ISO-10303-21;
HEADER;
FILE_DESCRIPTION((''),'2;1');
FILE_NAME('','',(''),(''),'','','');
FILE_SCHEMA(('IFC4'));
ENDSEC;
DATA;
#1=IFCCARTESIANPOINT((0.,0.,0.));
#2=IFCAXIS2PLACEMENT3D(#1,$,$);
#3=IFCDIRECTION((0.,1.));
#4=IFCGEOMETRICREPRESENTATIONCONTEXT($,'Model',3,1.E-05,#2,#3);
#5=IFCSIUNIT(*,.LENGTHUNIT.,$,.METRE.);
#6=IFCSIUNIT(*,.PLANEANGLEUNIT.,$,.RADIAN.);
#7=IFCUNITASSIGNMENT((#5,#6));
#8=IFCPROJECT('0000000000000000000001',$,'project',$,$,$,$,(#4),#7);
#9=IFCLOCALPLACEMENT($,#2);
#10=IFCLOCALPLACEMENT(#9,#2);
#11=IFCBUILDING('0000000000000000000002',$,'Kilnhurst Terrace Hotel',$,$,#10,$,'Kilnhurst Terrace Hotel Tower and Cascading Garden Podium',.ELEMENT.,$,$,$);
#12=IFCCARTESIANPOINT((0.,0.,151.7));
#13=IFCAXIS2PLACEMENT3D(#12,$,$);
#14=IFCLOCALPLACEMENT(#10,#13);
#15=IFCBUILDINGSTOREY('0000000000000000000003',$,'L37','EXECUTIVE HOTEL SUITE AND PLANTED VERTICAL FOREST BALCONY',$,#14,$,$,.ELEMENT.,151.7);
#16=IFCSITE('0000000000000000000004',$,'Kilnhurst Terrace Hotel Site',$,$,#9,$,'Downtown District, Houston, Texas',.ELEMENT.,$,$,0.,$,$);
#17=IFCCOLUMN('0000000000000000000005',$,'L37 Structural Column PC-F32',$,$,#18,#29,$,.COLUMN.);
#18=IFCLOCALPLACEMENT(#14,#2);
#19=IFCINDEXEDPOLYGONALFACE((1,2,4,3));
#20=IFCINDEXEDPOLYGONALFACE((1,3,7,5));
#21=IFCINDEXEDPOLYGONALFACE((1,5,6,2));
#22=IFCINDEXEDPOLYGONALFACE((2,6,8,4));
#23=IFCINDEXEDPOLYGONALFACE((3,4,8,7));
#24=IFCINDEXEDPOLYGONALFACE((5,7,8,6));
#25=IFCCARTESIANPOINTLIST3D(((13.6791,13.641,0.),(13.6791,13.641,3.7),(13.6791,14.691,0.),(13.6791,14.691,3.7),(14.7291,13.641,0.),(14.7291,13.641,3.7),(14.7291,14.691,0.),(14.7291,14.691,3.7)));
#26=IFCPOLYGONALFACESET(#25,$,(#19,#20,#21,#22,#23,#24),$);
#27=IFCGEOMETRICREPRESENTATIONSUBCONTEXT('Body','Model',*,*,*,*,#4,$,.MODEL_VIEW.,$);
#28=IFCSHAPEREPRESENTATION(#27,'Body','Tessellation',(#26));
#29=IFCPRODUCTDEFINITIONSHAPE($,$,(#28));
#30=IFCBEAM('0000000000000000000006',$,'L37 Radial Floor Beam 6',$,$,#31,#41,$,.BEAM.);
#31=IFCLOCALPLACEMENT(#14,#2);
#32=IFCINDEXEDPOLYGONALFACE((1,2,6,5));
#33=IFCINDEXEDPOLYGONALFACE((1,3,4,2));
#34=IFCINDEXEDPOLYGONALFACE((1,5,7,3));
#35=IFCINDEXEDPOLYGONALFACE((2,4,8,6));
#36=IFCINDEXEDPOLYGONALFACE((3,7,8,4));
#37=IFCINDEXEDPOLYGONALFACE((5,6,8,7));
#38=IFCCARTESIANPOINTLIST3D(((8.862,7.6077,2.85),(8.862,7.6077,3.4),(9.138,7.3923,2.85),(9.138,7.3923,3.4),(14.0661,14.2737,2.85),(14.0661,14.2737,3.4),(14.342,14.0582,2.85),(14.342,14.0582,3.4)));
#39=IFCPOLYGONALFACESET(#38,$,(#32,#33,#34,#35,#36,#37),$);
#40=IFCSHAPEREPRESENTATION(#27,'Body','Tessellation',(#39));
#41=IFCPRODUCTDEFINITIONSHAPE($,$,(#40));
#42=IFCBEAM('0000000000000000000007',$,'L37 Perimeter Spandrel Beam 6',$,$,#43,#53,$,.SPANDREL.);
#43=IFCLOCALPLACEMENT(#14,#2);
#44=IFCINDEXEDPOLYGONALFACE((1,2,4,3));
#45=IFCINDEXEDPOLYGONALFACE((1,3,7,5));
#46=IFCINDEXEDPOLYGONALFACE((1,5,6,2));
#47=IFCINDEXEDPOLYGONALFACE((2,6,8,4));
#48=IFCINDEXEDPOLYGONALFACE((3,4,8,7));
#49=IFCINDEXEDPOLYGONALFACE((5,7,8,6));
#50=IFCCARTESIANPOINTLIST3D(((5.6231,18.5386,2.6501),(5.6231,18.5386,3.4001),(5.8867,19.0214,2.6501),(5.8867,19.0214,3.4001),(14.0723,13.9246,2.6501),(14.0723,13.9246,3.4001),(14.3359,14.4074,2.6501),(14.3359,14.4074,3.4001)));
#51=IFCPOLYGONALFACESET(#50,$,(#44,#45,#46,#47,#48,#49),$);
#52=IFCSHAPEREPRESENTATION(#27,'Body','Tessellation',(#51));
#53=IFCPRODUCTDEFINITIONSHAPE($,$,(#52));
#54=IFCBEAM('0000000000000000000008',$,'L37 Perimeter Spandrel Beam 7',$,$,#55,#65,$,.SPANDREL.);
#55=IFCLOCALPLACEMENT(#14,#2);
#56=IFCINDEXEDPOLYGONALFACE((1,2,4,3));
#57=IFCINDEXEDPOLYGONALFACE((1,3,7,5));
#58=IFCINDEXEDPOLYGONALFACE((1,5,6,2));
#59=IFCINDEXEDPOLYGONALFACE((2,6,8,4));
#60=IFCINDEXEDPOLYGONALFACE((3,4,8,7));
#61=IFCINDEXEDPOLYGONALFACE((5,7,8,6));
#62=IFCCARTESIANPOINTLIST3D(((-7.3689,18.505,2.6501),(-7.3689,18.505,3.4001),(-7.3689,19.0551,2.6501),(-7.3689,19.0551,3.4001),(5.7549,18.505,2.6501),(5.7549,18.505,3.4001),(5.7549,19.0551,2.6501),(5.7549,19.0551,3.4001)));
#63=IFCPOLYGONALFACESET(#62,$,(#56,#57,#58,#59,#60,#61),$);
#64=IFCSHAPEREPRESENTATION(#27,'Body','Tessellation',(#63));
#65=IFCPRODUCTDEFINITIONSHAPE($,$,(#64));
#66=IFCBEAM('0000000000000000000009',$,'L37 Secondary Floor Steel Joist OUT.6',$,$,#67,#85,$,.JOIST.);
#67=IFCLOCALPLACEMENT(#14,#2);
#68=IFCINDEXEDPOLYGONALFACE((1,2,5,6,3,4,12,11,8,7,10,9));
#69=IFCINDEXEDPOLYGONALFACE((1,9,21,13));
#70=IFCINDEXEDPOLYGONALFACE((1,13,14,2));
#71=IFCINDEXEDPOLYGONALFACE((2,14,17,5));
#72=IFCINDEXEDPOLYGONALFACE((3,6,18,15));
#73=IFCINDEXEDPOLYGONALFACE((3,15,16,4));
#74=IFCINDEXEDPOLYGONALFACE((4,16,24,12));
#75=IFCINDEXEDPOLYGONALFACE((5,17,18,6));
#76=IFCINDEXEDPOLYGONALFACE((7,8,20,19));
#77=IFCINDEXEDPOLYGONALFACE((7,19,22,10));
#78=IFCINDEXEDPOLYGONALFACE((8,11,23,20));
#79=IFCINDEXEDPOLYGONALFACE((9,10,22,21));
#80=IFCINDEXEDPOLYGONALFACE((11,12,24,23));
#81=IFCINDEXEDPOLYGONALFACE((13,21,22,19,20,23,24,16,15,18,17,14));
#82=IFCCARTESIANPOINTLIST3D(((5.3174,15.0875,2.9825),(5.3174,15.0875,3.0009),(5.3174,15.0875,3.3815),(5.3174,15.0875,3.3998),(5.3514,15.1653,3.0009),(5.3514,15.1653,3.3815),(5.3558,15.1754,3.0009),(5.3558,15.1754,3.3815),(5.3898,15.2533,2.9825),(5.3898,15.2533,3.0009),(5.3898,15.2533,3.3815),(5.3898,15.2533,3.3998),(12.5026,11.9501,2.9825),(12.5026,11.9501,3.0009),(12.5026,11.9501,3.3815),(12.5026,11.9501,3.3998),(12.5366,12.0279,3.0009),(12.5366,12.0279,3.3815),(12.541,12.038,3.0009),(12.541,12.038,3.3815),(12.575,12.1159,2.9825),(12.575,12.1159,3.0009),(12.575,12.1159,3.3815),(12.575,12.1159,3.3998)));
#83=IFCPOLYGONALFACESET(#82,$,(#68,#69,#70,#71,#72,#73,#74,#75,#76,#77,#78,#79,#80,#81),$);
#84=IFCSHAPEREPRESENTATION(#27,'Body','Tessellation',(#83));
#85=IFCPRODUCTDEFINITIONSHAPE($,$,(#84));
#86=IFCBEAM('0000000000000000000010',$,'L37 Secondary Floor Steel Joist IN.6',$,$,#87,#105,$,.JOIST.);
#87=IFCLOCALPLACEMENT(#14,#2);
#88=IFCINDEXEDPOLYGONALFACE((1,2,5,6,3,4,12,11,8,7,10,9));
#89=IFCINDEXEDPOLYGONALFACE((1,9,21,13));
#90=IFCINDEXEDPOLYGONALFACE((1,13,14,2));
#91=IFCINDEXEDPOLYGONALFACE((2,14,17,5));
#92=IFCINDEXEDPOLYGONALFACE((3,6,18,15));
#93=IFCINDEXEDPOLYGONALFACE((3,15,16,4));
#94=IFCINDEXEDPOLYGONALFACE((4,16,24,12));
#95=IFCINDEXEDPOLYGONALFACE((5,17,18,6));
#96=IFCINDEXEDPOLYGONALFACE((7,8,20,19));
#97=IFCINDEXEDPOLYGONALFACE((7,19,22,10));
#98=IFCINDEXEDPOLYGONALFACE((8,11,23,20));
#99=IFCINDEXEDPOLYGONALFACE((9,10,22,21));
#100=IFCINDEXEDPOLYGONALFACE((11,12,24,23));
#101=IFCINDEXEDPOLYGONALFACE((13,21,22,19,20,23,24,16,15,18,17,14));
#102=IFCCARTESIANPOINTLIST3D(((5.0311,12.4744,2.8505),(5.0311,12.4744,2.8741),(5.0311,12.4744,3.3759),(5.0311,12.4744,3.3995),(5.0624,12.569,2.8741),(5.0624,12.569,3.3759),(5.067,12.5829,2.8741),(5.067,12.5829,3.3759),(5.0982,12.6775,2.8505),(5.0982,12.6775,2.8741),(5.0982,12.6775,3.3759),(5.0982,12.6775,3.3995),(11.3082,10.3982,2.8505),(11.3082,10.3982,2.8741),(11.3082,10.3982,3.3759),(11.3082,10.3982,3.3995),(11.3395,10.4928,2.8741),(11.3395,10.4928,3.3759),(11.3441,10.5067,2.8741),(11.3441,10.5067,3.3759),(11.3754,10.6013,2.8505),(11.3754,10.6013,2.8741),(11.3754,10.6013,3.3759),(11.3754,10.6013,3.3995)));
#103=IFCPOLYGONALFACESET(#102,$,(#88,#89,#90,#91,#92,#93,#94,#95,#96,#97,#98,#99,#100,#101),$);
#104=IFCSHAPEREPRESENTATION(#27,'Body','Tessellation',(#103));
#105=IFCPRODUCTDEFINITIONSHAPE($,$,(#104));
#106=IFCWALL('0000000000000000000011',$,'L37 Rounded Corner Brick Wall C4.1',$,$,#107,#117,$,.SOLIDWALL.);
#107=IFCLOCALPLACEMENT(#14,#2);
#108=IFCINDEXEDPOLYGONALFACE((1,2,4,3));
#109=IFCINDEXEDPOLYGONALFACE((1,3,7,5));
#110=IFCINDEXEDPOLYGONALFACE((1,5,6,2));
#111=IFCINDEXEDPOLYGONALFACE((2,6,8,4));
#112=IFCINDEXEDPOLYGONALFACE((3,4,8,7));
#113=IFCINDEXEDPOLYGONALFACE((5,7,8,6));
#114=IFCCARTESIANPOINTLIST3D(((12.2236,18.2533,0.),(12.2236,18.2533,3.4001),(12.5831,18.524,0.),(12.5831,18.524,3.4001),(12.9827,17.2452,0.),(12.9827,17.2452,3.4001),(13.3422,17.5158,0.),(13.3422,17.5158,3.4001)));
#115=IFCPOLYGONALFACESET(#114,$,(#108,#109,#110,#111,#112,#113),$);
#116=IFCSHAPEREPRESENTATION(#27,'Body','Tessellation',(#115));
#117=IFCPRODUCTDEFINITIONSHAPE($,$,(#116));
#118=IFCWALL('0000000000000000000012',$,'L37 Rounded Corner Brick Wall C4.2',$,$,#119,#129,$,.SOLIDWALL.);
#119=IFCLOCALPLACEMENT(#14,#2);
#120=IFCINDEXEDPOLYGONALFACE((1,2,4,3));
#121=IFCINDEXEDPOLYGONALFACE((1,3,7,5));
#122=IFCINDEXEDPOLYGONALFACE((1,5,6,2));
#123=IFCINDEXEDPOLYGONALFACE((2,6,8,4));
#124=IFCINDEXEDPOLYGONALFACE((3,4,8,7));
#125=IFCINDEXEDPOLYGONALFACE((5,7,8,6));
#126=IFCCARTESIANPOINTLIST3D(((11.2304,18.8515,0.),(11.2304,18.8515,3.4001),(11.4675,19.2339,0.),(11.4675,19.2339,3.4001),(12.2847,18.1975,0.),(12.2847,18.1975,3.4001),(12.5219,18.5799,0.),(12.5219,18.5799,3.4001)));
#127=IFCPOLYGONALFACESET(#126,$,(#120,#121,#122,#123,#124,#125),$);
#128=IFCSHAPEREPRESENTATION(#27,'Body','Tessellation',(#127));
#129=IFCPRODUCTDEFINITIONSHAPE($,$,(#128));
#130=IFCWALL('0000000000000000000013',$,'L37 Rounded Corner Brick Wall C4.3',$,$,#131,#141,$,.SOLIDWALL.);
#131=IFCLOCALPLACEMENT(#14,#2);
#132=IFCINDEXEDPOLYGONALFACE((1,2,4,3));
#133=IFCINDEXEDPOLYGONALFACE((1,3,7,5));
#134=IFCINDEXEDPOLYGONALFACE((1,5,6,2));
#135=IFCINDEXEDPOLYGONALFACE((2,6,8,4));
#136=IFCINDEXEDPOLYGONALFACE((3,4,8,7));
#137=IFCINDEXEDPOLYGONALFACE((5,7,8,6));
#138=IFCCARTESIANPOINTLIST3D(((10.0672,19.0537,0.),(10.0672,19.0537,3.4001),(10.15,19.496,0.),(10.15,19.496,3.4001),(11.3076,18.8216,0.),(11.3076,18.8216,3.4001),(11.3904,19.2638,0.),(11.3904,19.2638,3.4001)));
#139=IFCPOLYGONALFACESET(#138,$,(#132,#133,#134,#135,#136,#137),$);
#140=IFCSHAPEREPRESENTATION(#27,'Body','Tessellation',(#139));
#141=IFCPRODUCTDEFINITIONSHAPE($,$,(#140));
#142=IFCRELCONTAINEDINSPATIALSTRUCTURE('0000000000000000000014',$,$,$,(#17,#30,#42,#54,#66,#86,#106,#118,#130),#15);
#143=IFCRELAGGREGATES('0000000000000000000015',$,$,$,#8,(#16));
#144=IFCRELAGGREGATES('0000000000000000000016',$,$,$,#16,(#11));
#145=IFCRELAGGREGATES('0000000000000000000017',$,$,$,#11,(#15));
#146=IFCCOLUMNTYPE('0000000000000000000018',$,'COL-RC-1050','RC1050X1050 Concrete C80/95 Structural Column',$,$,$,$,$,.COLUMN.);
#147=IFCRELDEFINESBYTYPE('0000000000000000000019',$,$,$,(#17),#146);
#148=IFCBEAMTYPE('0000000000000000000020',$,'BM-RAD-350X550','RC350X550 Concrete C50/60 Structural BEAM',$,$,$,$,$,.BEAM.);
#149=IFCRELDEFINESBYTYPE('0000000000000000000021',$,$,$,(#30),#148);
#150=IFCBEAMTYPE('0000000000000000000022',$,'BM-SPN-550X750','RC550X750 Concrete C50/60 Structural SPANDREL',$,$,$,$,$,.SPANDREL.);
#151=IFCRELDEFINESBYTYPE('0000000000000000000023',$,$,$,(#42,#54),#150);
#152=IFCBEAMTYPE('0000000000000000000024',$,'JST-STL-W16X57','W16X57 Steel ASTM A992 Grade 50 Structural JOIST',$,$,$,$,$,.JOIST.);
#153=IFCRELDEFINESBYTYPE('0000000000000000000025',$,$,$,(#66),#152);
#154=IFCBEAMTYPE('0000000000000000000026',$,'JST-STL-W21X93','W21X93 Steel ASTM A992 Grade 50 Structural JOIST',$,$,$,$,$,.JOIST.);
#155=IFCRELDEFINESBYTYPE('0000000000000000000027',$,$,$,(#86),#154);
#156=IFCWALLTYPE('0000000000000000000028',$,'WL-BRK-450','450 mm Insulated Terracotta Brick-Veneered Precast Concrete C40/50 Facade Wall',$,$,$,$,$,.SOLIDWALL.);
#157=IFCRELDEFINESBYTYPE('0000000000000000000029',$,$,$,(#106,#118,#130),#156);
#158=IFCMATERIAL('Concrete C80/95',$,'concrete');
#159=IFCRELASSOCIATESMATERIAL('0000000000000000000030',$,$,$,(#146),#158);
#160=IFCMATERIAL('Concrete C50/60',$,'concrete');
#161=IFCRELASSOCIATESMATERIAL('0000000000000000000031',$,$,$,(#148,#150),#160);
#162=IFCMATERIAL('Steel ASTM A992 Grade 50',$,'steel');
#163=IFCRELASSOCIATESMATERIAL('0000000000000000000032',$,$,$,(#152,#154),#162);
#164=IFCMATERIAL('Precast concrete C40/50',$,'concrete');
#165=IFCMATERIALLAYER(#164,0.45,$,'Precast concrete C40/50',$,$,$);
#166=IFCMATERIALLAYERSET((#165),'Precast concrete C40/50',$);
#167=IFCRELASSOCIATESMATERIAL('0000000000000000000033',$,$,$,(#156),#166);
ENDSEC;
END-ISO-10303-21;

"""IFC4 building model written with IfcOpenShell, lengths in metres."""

from ifc_helpers import new_model, si_unit, direction, frame, frame_2d, origin, origin_2d, place, context, subcontext, project, spatial, rectangle, i_section, extrude, material, layer, layer_set, material_profile, profile_set, type_object, element, save


model = new_model("IFC4")

# Units and contexts
model_context = context("Model", 3, precision=1e-05, world=origin(), true_north=direction((0.0, 1.0)))
body_context = subcontext(model_context, "Body", "Model", "MODEL_VIEW")
ifc_project = project(units=[si_unit("LENGTHUNIT", "METRE"), si_unit("PLANEANGLEUNIT", "RADIAN")], contexts=[model_context])

# Site, building, storey
site_placement = place(None, origin())
site = spatial("IfcSite", under=ifc_project, at=site_placement, Name="Kilnhurst Terrace Hotel Site", LongName="Downtown District, Houston, Texas", CompositionType="ELEMENT", RefElevation=0.0)
building_placement = place(site_placement, origin())
building = spatial("IfcBuilding", under=site, at=building_placement, Name="Kilnhurst Terrace Hotel", LongName="Kilnhurst Terrace Hotel Tower and Cascading Garden Podium", CompositionType="ELEMENT")
storey_placement = place(building_placement, frame((0.0, 0.0, 151.7)))
storey = spatial("IfcBuildingStorey", under=building, at=storey_placement, Name="L37", Description="EXECUTIVE HOTEL SUITE AND PLANTED VERTICAL FOREST BALCONY", CompositionType="ELEMENT", Elevation=151.7)

# Column
ifc_material_1 = material(Name="Concrete C80/95", Category="concrete")
ifc_material_profile_1 = material_profile(ifc_material_1, rectangle(XDim=1.05, YDim=1.05, at=origin_2d()), Name="RC1050X1050")
ifc_profile_set_1 = profile_set([ifc_material_profile_1], Name="Concrete C80/95")
column_type = type_object("IfcColumnType", Name="COL-RC-1050", Description="RC1050X1050 Concrete C80/95 Structural Column", PredefinedType="COLUMN", material=ifc_profile_set_1)
column_placement = place(storey_placement, frame((14.2041, 14.166, 0.0), z_axis=(0.0, 0.0, 1.0), x_axis=(1.0, 0.0, 0.0)))
element("IfcColumn", 1, at=column_placement, inside=storey, type_object=column_type, Name="L37 Structural Column PC-F32", PredefinedType="COLUMN", context=body_context, shape_type="SweptSolid", body=[
    extrude(rectangle(XDim=1.05, YDim=1.05, at=origin_2d()), origin(), (0.0, 0.0, 1.0), 3.7),
])

# Beams
ifc_material_2 = material(Name="Concrete C50/60", Category="concrete")
ifc_material_profile_2 = material_profile(ifc_material_2, rectangle(XDim=0.3501, YDim=0.55, at=origin_2d()), Name="RC350X550")
ifc_profile_set_2 = profile_set([ifc_material_profile_2], Name="Concrete C50/60")
beam_type_1 = type_object("IfcBeamType", Name="BM-RAD-350X550", Description="RC350X550 Concrete C50/60 Structural BEAM", PredefinedType="BEAM", material=ifc_profile_set_2)
beam_1_placement = place(storey_placement, frame((9.0, 7.5, 3.125), z_axis=(0.615371, 0.788238, 0.0), x_axis=(-0.788238, 0.615371, 0.0)))
element("IfcBeam", 2, at=beam_1_placement, inside=storey, type_object=beam_type_1, Name="L37 Radial Floor Beam 6", PredefinedType="BEAM", context=body_context, shape_type="SweptSolid", body=[
    extrude(rectangle(XDim=0.3501, YDim=0.55, at=origin_2d()), origin(), (0.0, 0.0, 1.0), 8.4568),
])
ifc_material_profile_3 = material_profile(ifc_material_2, rectangle(XDim=0.55, YDim=0.75, at=origin_2d()), Name="RC550X750")
ifc_profile_set_3 = profile_set([ifc_material_profile_3], Name="Concrete C50/60")
beam_type_2 = type_object("IfcBeamType", Name="BM-SPN-550X750", Description="RC550X750 Concrete C50/60 Structural SPANDREL", PredefinedType="SPANDREL", material=ifc_profile_set_3)
beam_2_placement = place(storey_placement, frame((14.2041, 14.166, 3.0251), z_axis=(-0.877662, 0.47928, 0.0), x_axis=(-0.47928, -0.877662, 0.0)))
element("IfcBeam", 3, at=beam_2_placement, inside=storey, type_object=beam_type_2, Name="L37 Perimeter Spandrel Beam 6", PredefinedType="SPANDREL", context=body_context, shape_type="SweptSolid", body=[
    extrude(rectangle(XDim=0.55, YDim=0.75, at=origin_2d()), origin(), (0.0, 0.0, 1.0), 9.627),
])
beam_3_placement = place(storey_placement, frame((5.7549, 18.78, 3.0251), z_axis=(-1.0, 0.0, 0.0), x_axis=(0.0, -1.0, 0.0)))
element("IfcBeam", 4, at=beam_3_placement, inside=storey, type_object=beam_type_2, Name="L37 Perimeter Spandrel Beam 7", PredefinedType="SPANDREL", context=body_context, shape_type="SweptSolid", body=[
    extrude(rectangle(XDim=0.55, YDim=0.75, at=origin_2d()), origin(), (0.0, 0.0, 1.0), 13.1238),
])
ifc_material_3 = material(Name="Steel ASTM A992 Grade 50", Category="steel")
ifc_material_profile_4 = material_profile(ifc_material_3, i_section(OverallWidth=0.1809, OverallDepth=0.4172, WebThickness=0.011, FlangeThickness=0.0183, at=origin_2d()), Name="W16X57")
ifc_profile_set_4 = profile_set([ifc_material_profile_4], Name="Steel ASTM A992 Grade 50")
beam_type_3 = type_object("IfcBeamType", Name="JST-STL-W16X57", Description="W16X57 Steel ASTM A992 Grade 50 Structural JOIST", PredefinedType="JOIST", material=ifc_profile_set_4)
beam_4_placement = place(storey_placement, frame((12.5388, 12.033, 3.1912), z_axis=(-0.916444, 0.400164, 0.0), x_axis=(-0.400164, -0.916444, 0.0)))
element("IfcBeam", 5, at=beam_4_placement, inside=storey, type_object=beam_type_3, Name="L37 Secondary Floor Steel Joist OUT.6", PredefinedType="JOIST", context=body_context, shape_type="SweptSolid", body=[
    extrude(i_section(OverallWidth=0.1809, OverallDepth=0.4172, WebThickness=0.011, FlangeThickness=0.0183, at=origin_2d()), origin(), (0.0, 0.0, 1.0), 7.8403),
])
ifc_material_profile_5 = material_profile(ifc_material_3, i_section(OverallWidth=0.2139, OverallDepth=0.5491, WebThickness=0.0146, FlangeThickness=0.0237, at=origin_2d()), Name="W21X93")
ifc_profile_set_5 = profile_set([ifc_material_profile_5], Name="Steel ASTM A992 Grade 50")
beam_type_4 = type_object("IfcBeamType", Name="JST-STL-W21X93", Description="W21X93 Steel ASTM A992 Grade 50 Structural JOIST", PredefinedType="JOIST", material=ifc_profile_set_5)
beam_5_placement = place(storey_placement, frame((11.3418, 10.4998, 3.125), z_axis=(-0.949416, 0.314022, 0.0), x_axis=(-0.314022, -0.949416, 0.0)))
element("IfcBeam", 6, at=beam_5_placement, inside=storey, type_object=beam_type_4, Name="L37 Secondary Floor Steel Joist IN.6", PredefinedType="JOIST", context=body_context, shape_type="SweptSolid", body=[
    extrude(i_section(OverallWidth=0.2139, OverallDepth=0.5491, WebThickness=0.0146, FlangeThickness=0.0237, at=origin_2d()), origin(), (0.0, 0.0, 1.0), 6.6116),
])

# Walls
ifc_material_4 = material(Name="Precast concrete C40/50", Category="concrete")
ifc_layer_1 = layer(ifc_material_4, 0.45, Name="Precast concrete C40/50")
ifc_layer_set_1 = layer_set([ifc_layer_1], Name="Precast concrete C40/50")
wall_type_1 = type_object("IfcWallType", Name="WL-BRK-450", Description="450 mm Insulated Terracotta Brick-Veneered Precast Concrete C40/50 Facade Wall", PredefinedType="SOLIDWALL", material=ifc_layer_set_1)
wall_1_placement = place(storey_placement, frame((13.1624, 17.3806, 0.0), z_axis=(0.0, 0.0, 1.0), x_axis=(-0.601516, 0.798861, 0.0)))
element("IfcWall", 7, at=wall_1_placement, inside=storey, type_object=wall_type_1, Name="L37 Rounded Corner Brick Wall C4.1", PredefinedType="SOLIDWALL", context=body_context, shape_type="SweptSolid", body=[
    extrude(rectangle(XDim=1.262, YDim=0.45, at=frame_2d((0.6309, 0.0))), origin(), (0.0, 0.0, 1.0), 3.4001),
])
wall_2_placement = place(storey_placement, frame((12.4033, 18.3887, 0.0), z_axis=(0.0, 0.0, 1.0), x_axis=(-0.849795, 0.527113, 0.0)))
element("IfcWall", 8, at=wall_2_placement, inside=storey, type_object=wall_type_1, Name="L37 Rounded Corner Brick Wall C4.2", PredefinedType="SOLIDWALL", context=body_context, shape_type="SweptSolid", body=[
    extrude(rectangle(XDim=1.2407, YDim=0.45, at=frame_2d((0.6204, 0.0))), origin(), (0.0, 0.0, 1.0), 3.4001),
])
wall_3_placement = place(storey_placement, frame((11.3489, 19.0427, 0.0), z_axis=(0.0, 0.0, 1.0), x_axis=(-0.982931, 0.183973, 0.0)))
element("IfcWall", 9, at=wall_3_placement, inside=storey, type_object=wall_type_1, Name="L37 Rounded Corner Brick Wall C4.3", PredefinedType="SOLIDWALL", context=body_context, shape_type="SweptSolid", body=[
    extrude(rectangle(XDim=1.262, YDim=0.45, at=frame_2d((0.6309, 0.0))), origin(), (0.0, 0.0, 1.0), 3.4001),
])

save(model, "model.ifc")
